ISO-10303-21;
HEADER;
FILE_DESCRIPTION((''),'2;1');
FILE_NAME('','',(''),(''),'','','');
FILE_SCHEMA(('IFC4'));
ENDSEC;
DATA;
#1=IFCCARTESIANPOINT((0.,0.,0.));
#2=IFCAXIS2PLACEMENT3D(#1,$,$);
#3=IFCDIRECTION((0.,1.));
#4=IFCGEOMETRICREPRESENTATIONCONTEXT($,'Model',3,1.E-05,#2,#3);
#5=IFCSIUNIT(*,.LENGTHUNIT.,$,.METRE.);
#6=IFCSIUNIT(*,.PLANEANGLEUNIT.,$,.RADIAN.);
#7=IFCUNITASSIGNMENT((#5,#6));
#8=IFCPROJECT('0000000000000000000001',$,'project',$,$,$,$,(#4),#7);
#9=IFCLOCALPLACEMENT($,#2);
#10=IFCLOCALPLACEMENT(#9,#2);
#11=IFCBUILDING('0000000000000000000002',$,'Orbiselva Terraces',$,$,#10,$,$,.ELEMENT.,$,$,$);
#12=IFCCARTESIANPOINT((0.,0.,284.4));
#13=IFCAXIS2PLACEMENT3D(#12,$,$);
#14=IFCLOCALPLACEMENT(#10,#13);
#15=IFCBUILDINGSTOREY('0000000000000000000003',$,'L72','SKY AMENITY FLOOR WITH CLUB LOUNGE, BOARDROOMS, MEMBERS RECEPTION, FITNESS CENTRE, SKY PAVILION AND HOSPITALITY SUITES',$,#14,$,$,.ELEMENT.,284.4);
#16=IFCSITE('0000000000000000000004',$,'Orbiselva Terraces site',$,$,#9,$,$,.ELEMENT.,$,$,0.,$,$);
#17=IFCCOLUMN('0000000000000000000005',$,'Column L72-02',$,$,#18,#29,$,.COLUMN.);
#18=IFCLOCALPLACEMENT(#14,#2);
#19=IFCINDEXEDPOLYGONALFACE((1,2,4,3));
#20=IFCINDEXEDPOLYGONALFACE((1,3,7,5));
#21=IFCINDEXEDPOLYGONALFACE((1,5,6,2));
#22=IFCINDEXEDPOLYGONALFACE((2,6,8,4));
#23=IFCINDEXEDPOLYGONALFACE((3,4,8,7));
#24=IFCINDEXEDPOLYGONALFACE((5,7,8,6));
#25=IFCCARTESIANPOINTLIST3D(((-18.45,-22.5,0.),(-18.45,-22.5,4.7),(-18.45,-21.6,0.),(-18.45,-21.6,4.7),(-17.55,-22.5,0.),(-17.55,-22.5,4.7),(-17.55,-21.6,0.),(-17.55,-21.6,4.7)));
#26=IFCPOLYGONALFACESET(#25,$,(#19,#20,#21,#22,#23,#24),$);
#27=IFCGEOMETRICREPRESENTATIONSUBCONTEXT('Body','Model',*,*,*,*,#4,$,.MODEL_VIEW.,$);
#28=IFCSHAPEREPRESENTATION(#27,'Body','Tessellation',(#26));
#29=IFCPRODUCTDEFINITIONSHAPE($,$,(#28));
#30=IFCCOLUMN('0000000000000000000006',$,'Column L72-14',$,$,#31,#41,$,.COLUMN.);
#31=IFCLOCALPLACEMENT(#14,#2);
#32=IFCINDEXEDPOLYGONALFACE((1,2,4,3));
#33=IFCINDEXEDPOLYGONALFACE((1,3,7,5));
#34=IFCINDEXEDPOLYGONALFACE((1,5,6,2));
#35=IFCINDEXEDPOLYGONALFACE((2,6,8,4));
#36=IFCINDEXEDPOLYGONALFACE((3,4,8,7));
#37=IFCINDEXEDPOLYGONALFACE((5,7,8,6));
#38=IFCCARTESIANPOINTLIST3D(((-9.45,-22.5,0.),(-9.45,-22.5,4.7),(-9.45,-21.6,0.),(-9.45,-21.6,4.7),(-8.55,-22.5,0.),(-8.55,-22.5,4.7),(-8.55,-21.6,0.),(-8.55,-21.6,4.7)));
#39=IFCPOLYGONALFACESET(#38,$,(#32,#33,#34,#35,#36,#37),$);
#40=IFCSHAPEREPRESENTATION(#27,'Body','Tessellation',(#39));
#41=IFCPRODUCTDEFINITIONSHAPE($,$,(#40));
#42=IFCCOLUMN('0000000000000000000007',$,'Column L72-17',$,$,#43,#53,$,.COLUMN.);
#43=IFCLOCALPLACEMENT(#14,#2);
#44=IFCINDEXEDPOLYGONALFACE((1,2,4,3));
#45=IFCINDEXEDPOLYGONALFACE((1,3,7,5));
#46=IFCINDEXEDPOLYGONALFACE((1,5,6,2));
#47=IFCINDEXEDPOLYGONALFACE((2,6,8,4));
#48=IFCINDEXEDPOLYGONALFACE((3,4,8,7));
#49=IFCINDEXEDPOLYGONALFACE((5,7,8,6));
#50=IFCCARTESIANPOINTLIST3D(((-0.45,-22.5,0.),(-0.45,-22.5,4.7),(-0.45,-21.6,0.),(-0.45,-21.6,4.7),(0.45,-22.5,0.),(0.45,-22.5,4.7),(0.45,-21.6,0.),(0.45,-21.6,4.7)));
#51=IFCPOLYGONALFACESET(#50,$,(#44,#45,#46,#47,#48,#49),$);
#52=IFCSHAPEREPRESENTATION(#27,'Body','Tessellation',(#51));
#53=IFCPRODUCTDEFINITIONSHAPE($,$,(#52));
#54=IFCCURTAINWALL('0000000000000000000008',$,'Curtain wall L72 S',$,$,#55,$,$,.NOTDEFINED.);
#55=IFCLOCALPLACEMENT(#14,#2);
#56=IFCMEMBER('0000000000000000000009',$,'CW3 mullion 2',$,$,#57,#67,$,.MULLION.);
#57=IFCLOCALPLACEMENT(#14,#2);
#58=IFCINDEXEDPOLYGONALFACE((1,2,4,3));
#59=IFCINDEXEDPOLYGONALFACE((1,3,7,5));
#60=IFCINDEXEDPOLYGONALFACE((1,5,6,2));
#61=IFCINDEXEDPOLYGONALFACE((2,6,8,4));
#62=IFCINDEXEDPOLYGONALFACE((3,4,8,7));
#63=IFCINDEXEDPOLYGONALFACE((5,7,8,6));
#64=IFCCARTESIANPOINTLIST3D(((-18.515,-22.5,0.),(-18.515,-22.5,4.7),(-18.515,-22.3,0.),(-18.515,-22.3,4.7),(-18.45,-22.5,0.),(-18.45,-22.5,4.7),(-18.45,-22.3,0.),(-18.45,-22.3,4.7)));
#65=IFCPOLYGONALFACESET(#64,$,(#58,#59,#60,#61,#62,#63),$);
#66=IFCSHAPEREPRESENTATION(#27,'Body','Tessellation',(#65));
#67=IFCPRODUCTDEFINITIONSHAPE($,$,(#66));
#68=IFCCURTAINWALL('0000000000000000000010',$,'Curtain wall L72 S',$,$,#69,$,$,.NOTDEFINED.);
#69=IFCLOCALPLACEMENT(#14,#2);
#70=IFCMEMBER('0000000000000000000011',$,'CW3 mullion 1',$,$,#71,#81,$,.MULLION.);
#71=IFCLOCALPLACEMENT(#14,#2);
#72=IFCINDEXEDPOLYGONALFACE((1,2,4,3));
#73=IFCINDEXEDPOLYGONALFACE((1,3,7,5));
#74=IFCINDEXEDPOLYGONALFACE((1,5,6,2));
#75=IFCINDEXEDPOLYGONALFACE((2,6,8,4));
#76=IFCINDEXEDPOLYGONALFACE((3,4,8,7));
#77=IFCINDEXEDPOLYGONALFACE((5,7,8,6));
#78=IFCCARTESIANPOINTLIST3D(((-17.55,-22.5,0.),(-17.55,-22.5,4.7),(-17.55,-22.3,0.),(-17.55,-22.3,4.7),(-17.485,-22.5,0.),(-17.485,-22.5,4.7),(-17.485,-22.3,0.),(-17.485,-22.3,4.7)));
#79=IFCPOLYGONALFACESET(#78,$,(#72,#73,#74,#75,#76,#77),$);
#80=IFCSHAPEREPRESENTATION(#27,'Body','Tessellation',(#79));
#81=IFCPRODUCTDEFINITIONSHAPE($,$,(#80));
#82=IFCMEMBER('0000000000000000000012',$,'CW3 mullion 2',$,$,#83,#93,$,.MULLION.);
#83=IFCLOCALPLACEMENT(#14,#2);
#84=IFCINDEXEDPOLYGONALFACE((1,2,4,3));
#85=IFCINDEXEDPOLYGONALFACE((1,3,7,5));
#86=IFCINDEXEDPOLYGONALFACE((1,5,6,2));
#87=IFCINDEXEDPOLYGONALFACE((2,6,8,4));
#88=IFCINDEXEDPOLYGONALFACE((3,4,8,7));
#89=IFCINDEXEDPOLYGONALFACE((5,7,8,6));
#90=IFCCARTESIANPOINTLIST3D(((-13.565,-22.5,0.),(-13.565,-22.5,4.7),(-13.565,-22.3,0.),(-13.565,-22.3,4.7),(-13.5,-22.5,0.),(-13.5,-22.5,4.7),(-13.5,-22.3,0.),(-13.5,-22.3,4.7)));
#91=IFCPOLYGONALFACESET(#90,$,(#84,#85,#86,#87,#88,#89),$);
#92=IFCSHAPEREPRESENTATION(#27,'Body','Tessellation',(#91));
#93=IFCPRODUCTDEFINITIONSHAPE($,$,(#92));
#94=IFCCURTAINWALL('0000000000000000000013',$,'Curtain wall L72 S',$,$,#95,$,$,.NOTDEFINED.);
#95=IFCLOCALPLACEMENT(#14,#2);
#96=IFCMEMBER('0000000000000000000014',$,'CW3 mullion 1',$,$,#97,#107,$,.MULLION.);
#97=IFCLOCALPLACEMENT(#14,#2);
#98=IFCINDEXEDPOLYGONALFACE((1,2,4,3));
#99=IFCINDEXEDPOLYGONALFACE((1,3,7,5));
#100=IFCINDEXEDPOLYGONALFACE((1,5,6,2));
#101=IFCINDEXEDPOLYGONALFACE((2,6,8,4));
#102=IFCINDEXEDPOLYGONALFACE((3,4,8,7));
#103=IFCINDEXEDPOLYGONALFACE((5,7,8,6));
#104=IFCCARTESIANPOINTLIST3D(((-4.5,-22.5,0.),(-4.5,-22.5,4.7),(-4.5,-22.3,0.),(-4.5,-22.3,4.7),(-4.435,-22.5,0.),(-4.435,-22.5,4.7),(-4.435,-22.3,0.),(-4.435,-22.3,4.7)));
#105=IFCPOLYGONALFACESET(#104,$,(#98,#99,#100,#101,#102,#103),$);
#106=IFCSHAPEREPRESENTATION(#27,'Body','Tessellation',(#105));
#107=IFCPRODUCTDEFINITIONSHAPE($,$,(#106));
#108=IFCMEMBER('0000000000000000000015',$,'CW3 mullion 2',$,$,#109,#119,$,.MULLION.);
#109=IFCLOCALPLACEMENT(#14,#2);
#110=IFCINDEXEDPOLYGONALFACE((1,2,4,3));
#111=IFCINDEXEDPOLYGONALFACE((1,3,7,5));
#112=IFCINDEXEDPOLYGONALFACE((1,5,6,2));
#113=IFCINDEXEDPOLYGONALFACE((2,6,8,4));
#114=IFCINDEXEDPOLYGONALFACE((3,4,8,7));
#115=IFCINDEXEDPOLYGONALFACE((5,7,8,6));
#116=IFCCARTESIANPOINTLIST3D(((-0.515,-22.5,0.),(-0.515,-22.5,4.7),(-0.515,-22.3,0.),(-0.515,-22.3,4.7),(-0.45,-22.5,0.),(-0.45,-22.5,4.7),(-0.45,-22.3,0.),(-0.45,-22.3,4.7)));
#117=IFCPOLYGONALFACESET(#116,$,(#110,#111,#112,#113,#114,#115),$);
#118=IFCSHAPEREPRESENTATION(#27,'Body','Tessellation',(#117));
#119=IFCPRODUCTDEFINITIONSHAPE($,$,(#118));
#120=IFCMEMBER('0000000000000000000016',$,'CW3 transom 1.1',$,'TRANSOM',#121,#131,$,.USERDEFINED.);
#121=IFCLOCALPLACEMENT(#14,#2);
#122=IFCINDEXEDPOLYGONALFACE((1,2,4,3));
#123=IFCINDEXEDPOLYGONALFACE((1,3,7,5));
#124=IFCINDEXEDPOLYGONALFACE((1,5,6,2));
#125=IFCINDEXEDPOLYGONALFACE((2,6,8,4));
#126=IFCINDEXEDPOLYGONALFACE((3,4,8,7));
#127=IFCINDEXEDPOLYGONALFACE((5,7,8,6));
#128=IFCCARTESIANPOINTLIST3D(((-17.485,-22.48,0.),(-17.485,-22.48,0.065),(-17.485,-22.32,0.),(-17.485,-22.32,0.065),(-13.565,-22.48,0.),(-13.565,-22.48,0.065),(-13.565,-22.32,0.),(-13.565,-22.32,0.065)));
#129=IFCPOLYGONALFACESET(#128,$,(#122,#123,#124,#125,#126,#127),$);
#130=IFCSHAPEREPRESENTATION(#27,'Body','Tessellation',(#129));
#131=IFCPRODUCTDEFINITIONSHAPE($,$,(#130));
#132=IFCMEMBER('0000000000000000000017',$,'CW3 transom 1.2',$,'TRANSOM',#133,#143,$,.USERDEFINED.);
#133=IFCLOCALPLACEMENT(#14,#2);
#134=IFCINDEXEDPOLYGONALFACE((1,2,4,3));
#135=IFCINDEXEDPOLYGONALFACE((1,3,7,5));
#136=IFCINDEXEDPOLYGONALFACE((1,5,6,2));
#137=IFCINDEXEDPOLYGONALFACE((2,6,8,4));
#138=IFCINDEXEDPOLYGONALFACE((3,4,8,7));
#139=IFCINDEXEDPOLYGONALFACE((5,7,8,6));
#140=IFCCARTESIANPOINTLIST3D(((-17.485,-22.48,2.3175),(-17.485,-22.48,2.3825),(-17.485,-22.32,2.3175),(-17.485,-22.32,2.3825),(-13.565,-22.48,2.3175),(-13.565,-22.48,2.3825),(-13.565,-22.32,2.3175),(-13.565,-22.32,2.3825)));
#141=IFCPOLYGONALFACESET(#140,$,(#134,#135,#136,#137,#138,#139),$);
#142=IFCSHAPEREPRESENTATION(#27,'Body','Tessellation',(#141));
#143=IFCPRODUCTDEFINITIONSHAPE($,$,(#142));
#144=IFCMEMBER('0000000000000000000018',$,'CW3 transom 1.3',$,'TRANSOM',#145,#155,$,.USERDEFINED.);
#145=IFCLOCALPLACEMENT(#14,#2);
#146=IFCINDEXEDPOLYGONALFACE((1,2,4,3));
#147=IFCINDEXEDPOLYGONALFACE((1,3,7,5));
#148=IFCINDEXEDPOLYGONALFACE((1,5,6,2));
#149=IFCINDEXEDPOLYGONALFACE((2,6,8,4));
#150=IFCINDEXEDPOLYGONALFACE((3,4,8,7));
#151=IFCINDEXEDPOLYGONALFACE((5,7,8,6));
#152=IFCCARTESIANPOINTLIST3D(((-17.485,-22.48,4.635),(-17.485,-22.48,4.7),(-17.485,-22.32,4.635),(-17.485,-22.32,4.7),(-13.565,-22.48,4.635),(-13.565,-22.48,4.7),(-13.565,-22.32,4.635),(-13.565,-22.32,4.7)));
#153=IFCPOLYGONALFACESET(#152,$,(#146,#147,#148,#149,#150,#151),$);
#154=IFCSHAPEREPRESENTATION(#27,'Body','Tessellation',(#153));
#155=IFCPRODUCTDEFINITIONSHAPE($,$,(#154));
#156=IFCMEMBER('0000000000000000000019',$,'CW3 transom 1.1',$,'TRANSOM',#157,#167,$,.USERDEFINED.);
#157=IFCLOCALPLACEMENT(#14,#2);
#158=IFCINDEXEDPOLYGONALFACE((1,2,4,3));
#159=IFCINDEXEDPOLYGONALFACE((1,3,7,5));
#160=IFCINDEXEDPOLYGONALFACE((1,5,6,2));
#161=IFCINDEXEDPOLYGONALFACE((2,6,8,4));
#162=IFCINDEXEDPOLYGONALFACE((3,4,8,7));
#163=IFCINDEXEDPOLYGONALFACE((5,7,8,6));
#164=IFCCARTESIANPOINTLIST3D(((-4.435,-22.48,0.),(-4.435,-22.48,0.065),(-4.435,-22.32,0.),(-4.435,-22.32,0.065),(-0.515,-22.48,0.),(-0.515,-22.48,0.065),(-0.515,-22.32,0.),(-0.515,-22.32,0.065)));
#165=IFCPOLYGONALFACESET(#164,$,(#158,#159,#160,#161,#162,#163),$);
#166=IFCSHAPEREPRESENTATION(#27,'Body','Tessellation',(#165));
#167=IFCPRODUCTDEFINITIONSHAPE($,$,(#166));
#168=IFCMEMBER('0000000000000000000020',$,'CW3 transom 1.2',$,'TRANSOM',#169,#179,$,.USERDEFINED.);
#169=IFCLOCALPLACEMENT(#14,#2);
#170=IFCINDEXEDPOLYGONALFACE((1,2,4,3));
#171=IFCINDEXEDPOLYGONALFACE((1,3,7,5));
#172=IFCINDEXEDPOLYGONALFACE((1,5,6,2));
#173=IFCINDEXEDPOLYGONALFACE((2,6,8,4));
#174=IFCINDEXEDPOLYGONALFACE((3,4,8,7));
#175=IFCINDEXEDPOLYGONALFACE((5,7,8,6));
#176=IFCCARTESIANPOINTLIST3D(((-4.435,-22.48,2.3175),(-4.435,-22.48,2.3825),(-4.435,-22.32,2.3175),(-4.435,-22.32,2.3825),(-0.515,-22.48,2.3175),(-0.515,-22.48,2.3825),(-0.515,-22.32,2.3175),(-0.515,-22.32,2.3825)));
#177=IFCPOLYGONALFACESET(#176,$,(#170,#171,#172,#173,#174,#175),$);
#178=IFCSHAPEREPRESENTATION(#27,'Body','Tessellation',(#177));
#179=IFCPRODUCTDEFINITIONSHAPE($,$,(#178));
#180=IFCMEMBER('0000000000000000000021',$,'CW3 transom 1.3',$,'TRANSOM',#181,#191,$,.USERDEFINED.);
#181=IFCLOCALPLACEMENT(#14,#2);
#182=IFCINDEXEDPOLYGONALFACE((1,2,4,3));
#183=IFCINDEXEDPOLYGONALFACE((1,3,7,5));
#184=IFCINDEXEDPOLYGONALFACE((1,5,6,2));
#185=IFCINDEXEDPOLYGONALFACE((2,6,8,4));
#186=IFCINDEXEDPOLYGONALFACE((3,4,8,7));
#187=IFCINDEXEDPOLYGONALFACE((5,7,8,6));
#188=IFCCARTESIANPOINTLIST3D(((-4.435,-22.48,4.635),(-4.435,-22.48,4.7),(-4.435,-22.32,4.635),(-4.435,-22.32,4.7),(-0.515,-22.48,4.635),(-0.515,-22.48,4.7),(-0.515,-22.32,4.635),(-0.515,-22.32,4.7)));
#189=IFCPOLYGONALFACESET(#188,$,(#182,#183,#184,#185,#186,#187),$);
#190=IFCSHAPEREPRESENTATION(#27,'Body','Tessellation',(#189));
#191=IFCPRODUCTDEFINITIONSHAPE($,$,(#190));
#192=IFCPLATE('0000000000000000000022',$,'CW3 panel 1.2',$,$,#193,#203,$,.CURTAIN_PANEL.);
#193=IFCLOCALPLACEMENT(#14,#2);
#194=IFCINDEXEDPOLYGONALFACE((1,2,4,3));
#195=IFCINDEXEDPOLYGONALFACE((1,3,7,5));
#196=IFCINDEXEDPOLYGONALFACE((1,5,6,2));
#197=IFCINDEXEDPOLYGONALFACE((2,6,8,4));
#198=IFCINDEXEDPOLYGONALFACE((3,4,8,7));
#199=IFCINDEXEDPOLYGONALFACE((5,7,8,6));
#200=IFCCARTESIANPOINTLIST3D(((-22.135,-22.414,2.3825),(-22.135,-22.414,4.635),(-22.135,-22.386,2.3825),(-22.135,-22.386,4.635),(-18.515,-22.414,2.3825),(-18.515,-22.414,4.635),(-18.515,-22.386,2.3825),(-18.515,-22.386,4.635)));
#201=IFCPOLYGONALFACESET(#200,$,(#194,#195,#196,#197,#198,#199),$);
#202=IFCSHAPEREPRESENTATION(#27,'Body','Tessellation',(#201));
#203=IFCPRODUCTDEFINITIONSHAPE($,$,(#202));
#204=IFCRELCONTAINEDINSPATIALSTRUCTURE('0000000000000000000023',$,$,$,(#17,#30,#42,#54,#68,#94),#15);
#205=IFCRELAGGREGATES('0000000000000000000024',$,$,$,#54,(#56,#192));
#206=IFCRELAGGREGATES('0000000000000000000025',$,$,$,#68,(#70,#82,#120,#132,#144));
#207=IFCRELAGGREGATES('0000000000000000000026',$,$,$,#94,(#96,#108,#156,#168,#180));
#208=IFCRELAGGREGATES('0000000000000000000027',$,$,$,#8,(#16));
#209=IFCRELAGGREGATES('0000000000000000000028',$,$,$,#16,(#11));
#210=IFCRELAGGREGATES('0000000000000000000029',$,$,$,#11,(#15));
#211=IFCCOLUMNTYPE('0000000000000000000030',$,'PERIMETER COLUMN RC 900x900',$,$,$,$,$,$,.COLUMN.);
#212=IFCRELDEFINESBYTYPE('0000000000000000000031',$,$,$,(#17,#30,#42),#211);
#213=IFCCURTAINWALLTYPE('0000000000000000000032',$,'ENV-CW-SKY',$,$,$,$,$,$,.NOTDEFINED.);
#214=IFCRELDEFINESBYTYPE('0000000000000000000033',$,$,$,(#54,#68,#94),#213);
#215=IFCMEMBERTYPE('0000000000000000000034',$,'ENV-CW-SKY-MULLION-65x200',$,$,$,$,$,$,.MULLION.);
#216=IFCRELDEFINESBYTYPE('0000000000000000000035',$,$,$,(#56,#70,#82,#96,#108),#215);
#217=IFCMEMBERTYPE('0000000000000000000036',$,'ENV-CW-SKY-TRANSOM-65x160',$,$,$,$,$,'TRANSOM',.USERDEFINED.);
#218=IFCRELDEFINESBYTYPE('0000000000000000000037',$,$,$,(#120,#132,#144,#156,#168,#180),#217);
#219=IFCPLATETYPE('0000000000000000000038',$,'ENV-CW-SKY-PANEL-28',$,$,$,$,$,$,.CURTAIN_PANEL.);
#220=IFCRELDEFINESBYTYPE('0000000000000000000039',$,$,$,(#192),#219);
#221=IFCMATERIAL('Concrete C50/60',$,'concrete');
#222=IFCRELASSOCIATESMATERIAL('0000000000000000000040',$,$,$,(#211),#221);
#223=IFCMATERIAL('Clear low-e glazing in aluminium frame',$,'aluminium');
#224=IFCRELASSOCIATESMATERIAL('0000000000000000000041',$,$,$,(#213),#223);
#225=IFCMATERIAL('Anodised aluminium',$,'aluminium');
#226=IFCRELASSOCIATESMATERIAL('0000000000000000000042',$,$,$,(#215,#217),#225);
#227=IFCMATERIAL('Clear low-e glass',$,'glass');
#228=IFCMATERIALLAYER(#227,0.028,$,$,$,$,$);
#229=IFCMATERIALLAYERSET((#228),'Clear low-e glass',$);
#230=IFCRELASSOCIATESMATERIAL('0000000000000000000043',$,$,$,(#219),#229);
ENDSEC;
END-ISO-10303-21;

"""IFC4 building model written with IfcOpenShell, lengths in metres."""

from ifc_helpers import new_model, si_unit, direction, frame, origin, origin_2d, place, context, subcontext, project, spatial, rectangle, extrude, material, layer, layer_set, material_profile, profile_set, type_object, element, aggregate, save


model = new_model("IFC4")

# Units and contexts
model_context = context("Model", 3, precision=1e-05, world=origin(), true_north=direction((0.0, 1.0)))
body_context = subcontext(model_context, "Body", "Model", "MODEL_VIEW")
ifc_project = project(units=[si_unit("LENGTHUNIT", "METRE"), si_unit("PLANEANGLEUNIT", "RADIAN")], contexts=[model_context])

# Site, building, storey
site_placement = place(None, origin())
site = spatial("IfcSite", under=ifc_project, at=site_placement, Name="Orbiselva Terraces site", CompositionType="ELEMENT", RefElevation=0.0)
building_placement = place(site_placement, origin())
building = spatial("IfcBuilding", under=site, at=building_placement, Name="Orbiselva Terraces", CompositionType="ELEMENT")
storey_placement = place(building_placement, frame((0.0, 0.0, 284.4)))
storey = spatial("IfcBuildingStorey", under=building, at=storey_placement, Name="L72", Description="SKY AMENITY FLOOR WITH CLUB LOUNGE, BOARDROOMS, MEMBERS RECEPTION, FITNESS CENTRE, SKY PAVILION AND HOSPITALITY SUITES", CompositionType="ELEMENT", Elevation=284.4)

# Columns
ifc_material_1 = material(Name="Concrete C50/60", Category="concrete")
ifc_material_profile_1 = material_profile(ifc_material_1, rectangle(XDim=0.9, YDim=0.9, at=origin_2d()), Name="RC 900x900")
ifc_profile_set_1 = profile_set([ifc_material_profile_1], Name="Concrete C50/60")
column_type = type_object("IfcColumnType", Name="PERIMETER COLUMN RC 900x900", PredefinedType="COLUMN", material=ifc_profile_set_1)
for number, where, z_axis, x_axis, name in (
    (1, (-18.0, -22.05, 0.0), (0.0, 0.0, 1.0), (1.0, 0.0, 0.0), "Column L72-02"),
    (2, (-9.0, -22.05, 0.0), (0.0, 0.0, 1.0), (1.0, 0.0, 0.0), "Column L72-14"),
    (3, (0.0, -22.05, 0.0), (0.0, 0.0, 1.0), (1.0, 0.0, 0.0), "Column L72-17"),
):
    element("IfcColumn", number, at=place(storey_placement, frame(where, z_axis=z_axis, x_axis=x_axis)), inside=storey, type_object=column_type, Name=name, PredefinedType="COLUMN", context=body_context, shape_type="SweptSolid", body=[
        extrude(rectangle(XDim=0.9, YDim=0.9, at=origin_2d()), origin(), (0.0, 0.0, 1.0), 4.7),
    ])

# Curtain wall, member
ifc_material_2 = material(Name="Clear low-e glazing in aluminium frame", Category="aluminium")
curtain_wall_type = type_object("IfcCurtainWallType", Name="ENV-CW-SKY", PredefinedType="NOTDEFINED", material=ifc_material_2)
curtain_wall_1_placement = place(storey_placement, origin())
curtain_wall_1 = element("IfcCurtainWall", 4, at=curtain_wall_1_placement, inside=storey, type_object=curtain_wall_type, Name="Curtain wall L72 S", PredefinedType="NOTDEFINED")
ifc_material_3 = material(Name="Anodised aluminium", Category="aluminium")
ifc_material_profile_2 = material_profile(ifc_material_3, rectangle(XDim=0.2, YDim=0.065, at=origin_2d()), Name="AL 65x200")
ifc_profile_set_2 = profile_set([ifc_material_profile_2], Name="Anodised aluminium")
member_type_1 = type_object("IfcMemberType", Name="ENV-CW-SKY-MULLION-65x200", PredefinedType="MULLION", material=ifc_profile_set_2)
member_1_placement = place(storey_placement, frame((-18.4825, -22.4, 0.0), z_axis=(0.0, 0.0, 1.0), x_axis=(0.0, 1.0, 0.0)))
member_1 = element("IfcMember", 5, at=member_1_placement, type_object=member_type_1, Name="CW3 mullion 2", PredefinedType="MULLION", context=body_context, shape_type="SweptSolid", body=[
    extrude(rectangle(XDim=0.2, YDim=0.065, at=origin_2d()), origin(), (0.0, 0.0, 1.0), 4.7),
])

# Curtain walls, members
curtain_wall_2_placement = place(storey_placement, origin())
curtain_wall_2 = element("IfcCurtainWall", 6, at=curtain_wall_2_placement, inside=storey, type_object=curtain_wall_type, Name="Curtain wall L72 S", PredefinedType="NOTDEFINED")
member_2_placement = place(storey_placement, frame((-17.5175, -22.4, 0.0), z_axis=(0.0, 0.0, 1.0), x_axis=(0.0, 1.0, 0.0)))
member_2 = element("IfcMember", 7, at=member_2_placement, type_object=member_type_1, Name="CW3 mullion 1", PredefinedType="MULLION", context=body_context, shape_type="SweptSolid", body=[
    extrude(rectangle(XDim=0.2, YDim=0.065, at=origin_2d()), origin(), (0.0, 0.0, 1.0), 4.7),
])
member_3_placement = place(storey_placement, frame((-13.5325, -22.4, 0.0), z_axis=(0.0, 0.0, 1.0), x_axis=(0.0, 1.0, 0.0)))
member_3 = element("IfcMember", 8, at=member_3_placement, type_object=member_type_1, Name="CW3 mullion 2", PredefinedType="MULLION", context=body_context, shape_type="SweptSolid", body=[
    extrude(rectangle(XDim=0.2, YDim=0.065, at=origin_2d()), origin(), (0.0, 0.0, 1.0), 4.7),
])
curtain_wall_3_placement = place(storey_placement, origin())
curtain_wall_3 = element("IfcCurtainWall", 9, at=curtain_wall_3_placement, inside=storey, type_object=curtain_wall_type, Name="Curtain wall L72 S", PredefinedType="NOTDEFINED")
member_4_placement = place(storey_placement, frame((-4.4675, -22.4, 0.0), z_axis=(0.0, 0.0, 1.0), x_axis=(0.0, 1.0, 0.0)))
member_4 = element("IfcMember", 10, at=member_4_placement, type_object=member_type_1, Name="CW3 mullion 1", PredefinedType="MULLION", context=body_context, shape_type="SweptSolid", body=[
    extrude(rectangle(XDim=0.2, YDim=0.065, at=origin_2d()), origin(), (0.0, 0.0, 1.0), 4.7),
])
member_5_placement = place(storey_placement, frame((-0.4825, -22.4, 0.0), z_axis=(0.0, 0.0, 1.0), x_axis=(0.0, 1.0, 0.0)))
member_5 = element("IfcMember", 11, at=member_5_placement, type_object=member_type_1, Name="CW3 mullion 2", PredefinedType="MULLION", context=body_context, shape_type="SweptSolid", body=[
    extrude(rectangle(XDim=0.2, YDim=0.065, at=origin_2d()), origin(), (0.0, 0.0, 1.0), 4.7),
])

# Members
ifc_material_profile_3 = material_profile(ifc_material_3, rectangle(XDim=0.16, YDim=0.065, at=origin_2d()), Name="AL 65x160")
ifc_profile_set_3 = profile_set([ifc_material_profile_3], Name="Anodised aluminium")
member_type_2 = type_object("IfcMemberType", Name="ENV-CW-SKY-TRANSOM-65x160", ElementType="TRANSOM", PredefinedType="USERDEFINED", material=ifc_profile_set_3)
member_6_placement = place(storey_placement, frame((-17.485, -22.4, 0.0325), z_axis=(1.0, 0.0, 0.0), x_axis=(0.0, 1.0, 0.0)))
member_6 = element("IfcMember", 12, at=member_6_placement, type_object=member_type_2, Name="CW3 transom 1.1", ObjectType="TRANSOM", PredefinedType="USERDEFINED", context=body_context, shape_type="SweptSolid", body=[
    extrude(rectangle(XDim=0.16, YDim=0.065, at=origin_2d()), origin(), (0.0, 0.0, 1.0), 3.92),
])
member_7_placement = place(storey_placement, frame((-17.485, -22.4, 2.35), z_axis=(1.0, 0.0, 0.0), x_axis=(0.0, 1.0, 0.0)))
member_7 = element("IfcMember", 13, at=member_7_placement, type_object=member_type_2, Name="CW3 transom 1.2", ObjectType="TRANSOM", PredefinedType="USERDEFINED", context=body_context, shape_type="SweptSolid", body=[
    extrude(rectangle(XDim=0.16, YDim=0.065, at=origin_2d()), origin(), (0.0, 0.0, 1.0), 3.92),
])
member_8_placement = place(storey_placement, frame((-17.485, -22.4, 4.6675), z_axis=(1.0, 0.0, 0.0), x_axis=(0.0, 1.0, 0.0)))
member_8 = element("IfcMember", 14, at=member_8_placement, type_object=member_type_2, Name="CW3 transom 1.3", ObjectType="TRANSOM", PredefinedType="USERDEFINED", context=body_context, shape_type="SweptSolid", body=[
    extrude(rectangle(XDim=0.16, YDim=0.065, at=origin_2d()), origin(), (0.0, 0.0, 1.0), 3.92),
])
member_9_placement = place(storey_placement, frame((-4.435, -22.4, 0.0325), z_axis=(1.0, 0.0, 0.0), x_axis=(0.0, 1.0, 0.0)))
member_9 = element("IfcMember", 15, at=member_9_placement, type_object=member_type_2, Name="CW3 transom 1.1", ObjectType="TRANSOM", PredefinedType="USERDEFINED", context=body_context, shape_type="SweptSolid", body=[
    extrude(rectangle(XDim=0.16, YDim=0.065, at=origin_2d()), origin(), (0.0, 0.0, 1.0), 3.92),
])
member_10_placement = place(storey_placement, frame((-4.435, -22.4, 2.35), z_axis=(1.0, 0.0, 0.0), x_axis=(0.0, 1.0, 0.0)))
member_10 = element("IfcMember", 16, at=member_10_placement, type_object=member_type_2, Name="CW3 transom 1.2", ObjectType="TRANSOM", PredefinedType="USERDEFINED", context=body_context, shape_type="SweptSolid", body=[
    extrude(rectangle(XDim=0.16, YDim=0.065, at=origin_2d()), origin(), (0.0, 0.0, 1.0), 3.92),
])
member_11_placement = place(storey_placement, frame((-4.435, -22.4, 4.6675), z_axis=(1.0, 0.0, 0.0), x_axis=(0.0, 1.0, 0.0)))
member_11 = element("IfcMember", 17, at=member_11_placement, type_object=member_type_2, Name="CW3 transom 1.3", ObjectType="TRANSOM", PredefinedType="USERDEFINED", context=body_context, shape_type="SweptSolid", body=[
    extrude(rectangle(XDim=0.16, YDim=0.065, at=origin_2d()), origin(), (0.0, 0.0, 1.0), 3.92),
])

# Plate
ifc_material_4 = material(Name="Clear low-e glass", Category="glass")
ifc_layer_1 = layer(ifc_material_4, 0.028)
ifc_layer_set_1 = layer_set([ifc_layer_1], Name="Clear low-e glass")
plate_type = type_object("IfcPlateType", Name="ENV-CW-SKY-PANEL-28", PredefinedType="CURTAIN_PANEL", material=ifc_layer_set_1)
plate_1_placement = place(storey_placement, frame((-20.325, -22.4, 2.3825), z_axis=(0.0, 0.0, 1.0), x_axis=(1.0, 0.0, 0.0)))
plate_1 = element("IfcPlate", 18, at=plate_1_placement, type_object=plate_type, Name="CW3 panel 1.2", PredefinedType="CURTAIN_PANEL", context=body_context, shape_type="SweptSolid", body=[
    extrude(rectangle(XDim=3.62, YDim=0.028, at=origin_2d()), origin(), (0.0, 0.0, 1.0), 2.2525),
])
aggregate(curtain_wall_1, [member_1, plate_1])
aggregate(curtain_wall_2, [member_2, member_3, member_6, member_7, member_8])
aggregate(curtain_wall_3, [member_4, member_5, member_9, member_10, member_11])

save(model, "model.ifc")
